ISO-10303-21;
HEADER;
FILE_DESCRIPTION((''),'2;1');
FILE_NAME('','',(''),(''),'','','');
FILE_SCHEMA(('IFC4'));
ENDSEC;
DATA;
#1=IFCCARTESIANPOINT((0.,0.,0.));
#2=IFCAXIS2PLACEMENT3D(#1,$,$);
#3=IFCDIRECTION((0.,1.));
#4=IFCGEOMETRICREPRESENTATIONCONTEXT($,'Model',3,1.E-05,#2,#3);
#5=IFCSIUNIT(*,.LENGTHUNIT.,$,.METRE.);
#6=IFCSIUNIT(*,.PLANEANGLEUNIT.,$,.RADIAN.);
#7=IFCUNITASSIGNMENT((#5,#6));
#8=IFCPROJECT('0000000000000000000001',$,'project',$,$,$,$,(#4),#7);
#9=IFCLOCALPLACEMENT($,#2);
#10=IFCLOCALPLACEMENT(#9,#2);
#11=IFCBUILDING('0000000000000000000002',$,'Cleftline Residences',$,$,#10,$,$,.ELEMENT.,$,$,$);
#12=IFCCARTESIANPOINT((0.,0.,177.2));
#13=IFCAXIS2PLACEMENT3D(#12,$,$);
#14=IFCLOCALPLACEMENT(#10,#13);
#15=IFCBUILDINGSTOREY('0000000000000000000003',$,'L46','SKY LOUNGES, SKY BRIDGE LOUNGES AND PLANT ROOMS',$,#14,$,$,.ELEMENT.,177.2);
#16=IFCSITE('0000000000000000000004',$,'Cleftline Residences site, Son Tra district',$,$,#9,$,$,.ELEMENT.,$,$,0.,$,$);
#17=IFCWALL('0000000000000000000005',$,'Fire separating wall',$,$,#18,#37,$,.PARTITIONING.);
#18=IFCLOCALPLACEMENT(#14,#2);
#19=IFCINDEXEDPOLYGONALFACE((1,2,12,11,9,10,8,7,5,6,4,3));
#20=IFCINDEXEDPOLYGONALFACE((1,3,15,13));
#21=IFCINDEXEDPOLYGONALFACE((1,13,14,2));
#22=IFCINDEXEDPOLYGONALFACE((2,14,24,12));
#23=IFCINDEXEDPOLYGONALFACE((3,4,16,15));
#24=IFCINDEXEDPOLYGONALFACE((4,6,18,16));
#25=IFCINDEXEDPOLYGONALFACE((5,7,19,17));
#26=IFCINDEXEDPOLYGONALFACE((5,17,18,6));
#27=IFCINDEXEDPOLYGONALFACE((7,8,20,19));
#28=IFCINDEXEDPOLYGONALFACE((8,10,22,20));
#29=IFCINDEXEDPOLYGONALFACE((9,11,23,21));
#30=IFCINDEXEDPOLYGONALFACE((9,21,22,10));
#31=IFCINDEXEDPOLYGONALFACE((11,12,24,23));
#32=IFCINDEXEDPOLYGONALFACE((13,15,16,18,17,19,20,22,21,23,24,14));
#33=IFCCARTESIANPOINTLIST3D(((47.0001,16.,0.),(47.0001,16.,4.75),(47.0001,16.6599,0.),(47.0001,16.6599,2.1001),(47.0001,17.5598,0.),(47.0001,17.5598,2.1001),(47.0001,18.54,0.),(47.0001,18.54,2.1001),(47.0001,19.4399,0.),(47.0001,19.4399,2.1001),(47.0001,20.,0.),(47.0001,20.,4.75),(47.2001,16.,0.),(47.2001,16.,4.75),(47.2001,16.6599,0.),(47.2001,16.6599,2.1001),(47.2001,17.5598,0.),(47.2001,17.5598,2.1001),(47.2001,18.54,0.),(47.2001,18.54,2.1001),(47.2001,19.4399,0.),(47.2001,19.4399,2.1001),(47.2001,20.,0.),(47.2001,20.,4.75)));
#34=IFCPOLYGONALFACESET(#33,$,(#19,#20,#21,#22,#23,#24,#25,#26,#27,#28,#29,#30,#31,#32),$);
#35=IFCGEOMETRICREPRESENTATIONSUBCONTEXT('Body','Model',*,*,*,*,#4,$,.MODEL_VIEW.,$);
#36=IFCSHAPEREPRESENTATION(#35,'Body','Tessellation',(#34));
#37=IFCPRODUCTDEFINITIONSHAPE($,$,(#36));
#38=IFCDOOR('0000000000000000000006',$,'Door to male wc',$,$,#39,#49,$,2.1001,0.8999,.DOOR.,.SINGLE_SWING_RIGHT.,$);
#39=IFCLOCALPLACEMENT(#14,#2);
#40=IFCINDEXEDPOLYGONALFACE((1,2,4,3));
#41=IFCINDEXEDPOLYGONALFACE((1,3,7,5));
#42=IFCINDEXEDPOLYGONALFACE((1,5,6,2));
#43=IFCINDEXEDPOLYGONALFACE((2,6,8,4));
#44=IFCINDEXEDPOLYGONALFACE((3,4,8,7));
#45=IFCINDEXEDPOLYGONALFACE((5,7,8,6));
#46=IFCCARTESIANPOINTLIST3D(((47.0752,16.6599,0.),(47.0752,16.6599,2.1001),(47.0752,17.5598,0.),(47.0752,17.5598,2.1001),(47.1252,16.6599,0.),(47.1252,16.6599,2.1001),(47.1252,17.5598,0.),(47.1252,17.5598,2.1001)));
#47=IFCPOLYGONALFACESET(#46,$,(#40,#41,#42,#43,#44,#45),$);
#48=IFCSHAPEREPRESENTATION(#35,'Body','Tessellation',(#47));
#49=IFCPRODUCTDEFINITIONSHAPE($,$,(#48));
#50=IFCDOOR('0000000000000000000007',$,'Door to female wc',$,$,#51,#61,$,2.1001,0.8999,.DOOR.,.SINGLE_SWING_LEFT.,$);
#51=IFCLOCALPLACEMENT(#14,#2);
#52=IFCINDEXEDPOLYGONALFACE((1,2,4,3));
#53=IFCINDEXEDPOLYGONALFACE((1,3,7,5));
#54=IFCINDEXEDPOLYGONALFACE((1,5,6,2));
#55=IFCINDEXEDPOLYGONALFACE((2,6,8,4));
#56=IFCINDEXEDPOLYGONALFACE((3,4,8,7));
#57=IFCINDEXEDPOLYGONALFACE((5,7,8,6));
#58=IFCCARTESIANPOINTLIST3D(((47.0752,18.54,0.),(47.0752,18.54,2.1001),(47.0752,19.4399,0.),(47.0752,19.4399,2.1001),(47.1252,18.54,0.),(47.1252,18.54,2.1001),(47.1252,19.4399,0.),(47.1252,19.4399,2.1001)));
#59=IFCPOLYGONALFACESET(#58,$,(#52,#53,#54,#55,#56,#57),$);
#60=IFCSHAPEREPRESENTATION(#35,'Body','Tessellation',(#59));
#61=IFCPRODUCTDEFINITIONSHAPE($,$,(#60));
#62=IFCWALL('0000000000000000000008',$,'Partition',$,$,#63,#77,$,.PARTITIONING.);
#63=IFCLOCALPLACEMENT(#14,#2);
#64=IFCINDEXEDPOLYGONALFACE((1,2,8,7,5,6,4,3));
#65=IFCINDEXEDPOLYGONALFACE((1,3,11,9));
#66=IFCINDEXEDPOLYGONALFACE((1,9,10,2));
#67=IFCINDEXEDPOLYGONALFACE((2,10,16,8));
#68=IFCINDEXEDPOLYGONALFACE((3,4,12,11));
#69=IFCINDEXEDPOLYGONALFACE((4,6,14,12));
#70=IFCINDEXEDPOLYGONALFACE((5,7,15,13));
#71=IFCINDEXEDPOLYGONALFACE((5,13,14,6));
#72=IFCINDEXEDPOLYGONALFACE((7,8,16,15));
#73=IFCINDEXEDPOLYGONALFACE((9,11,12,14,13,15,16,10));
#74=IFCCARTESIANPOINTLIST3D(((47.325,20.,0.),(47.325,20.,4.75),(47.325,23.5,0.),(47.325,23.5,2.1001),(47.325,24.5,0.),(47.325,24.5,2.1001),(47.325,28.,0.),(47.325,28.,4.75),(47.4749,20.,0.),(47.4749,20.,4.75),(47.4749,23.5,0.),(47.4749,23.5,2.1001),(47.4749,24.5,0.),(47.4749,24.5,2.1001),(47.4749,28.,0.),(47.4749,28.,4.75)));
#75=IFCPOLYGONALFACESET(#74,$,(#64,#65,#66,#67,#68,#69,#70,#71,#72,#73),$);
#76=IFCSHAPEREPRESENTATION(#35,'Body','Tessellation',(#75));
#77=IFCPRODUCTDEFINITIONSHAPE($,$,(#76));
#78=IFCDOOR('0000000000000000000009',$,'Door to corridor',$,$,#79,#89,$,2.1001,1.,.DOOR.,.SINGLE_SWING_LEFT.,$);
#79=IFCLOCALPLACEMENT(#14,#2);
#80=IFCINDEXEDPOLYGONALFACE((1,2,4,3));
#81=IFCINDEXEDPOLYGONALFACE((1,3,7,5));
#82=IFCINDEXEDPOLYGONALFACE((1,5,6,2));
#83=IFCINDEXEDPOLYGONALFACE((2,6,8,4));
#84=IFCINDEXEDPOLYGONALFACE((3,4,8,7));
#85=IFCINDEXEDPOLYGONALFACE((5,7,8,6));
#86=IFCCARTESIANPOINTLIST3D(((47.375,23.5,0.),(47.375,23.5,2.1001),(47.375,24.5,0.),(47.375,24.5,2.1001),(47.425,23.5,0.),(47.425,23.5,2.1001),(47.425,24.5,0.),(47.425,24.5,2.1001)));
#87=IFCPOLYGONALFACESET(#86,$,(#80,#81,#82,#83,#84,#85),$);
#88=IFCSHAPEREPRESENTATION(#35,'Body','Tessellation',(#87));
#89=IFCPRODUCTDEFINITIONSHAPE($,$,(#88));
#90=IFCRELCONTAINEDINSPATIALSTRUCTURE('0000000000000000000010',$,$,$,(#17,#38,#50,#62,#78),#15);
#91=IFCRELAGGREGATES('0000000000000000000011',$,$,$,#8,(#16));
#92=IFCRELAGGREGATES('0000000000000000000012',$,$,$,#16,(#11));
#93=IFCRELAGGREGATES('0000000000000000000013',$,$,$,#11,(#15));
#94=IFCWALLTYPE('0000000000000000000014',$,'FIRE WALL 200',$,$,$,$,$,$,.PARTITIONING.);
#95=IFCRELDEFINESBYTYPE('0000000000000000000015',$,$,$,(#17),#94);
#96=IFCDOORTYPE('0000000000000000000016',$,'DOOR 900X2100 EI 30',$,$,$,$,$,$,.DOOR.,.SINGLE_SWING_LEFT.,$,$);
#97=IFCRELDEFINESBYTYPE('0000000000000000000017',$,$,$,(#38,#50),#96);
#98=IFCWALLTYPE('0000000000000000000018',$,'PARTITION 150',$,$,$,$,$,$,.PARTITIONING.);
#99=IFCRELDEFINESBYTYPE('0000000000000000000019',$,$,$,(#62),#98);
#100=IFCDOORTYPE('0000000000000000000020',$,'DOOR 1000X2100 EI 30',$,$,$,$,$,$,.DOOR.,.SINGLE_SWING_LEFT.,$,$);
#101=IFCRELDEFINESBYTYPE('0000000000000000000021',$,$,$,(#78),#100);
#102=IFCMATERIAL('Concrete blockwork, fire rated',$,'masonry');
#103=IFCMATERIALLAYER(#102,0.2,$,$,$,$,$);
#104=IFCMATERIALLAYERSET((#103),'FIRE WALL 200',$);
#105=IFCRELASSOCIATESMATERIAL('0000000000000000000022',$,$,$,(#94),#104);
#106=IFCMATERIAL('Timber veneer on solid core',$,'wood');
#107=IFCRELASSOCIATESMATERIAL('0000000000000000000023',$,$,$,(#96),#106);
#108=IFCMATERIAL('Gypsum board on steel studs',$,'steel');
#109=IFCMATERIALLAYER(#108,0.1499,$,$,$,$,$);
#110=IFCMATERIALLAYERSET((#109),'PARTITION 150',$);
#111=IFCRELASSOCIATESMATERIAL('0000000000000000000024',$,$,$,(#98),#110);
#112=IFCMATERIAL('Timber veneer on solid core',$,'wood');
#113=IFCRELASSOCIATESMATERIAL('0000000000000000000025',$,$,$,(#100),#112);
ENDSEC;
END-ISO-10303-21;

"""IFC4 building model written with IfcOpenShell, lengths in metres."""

from ifc_helpers import new_model, si_unit, direction, frame, frame_2d, origin, place, context, subcontext, project, spatial, rectangle, extrude, material, layer, layer_set, type_object, element, fill, save


model = new_model("IFC4")

# Units and contexts
model_context = context("Model", 3, precision=1e-05, world=origin(), true_north=direction((0.0, 1.0)))
body_context = subcontext(model_context, "Body", "Model", "MODEL_VIEW")
ifc_project = project(units=[si_unit("LENGTHUNIT", "METRE"), si_unit("PLANEANGLEUNIT", "RADIAN")], contexts=[model_context])

# Site, building, storey
site_placement = place(None, origin())
site = spatial("IfcSite", under=ifc_project, at=site_placement, Name="Cleftline Residences site, Son Tra district", CompositionType="ELEMENT", RefElevation=0.0)
building_placement = place(site_placement, origin())
building = spatial("IfcBuilding", under=site, at=building_placement, Name="Cleftline Residences", CompositionType="ELEMENT")
storey_placement = place(building_placement, frame((0.0, 0.0, 177.2)))
storey = spatial("IfcBuildingStorey", under=building, at=storey_placement, Name="L46", Description="SKY LOUNGES, SKY BRIDGE LOUNGES AND PLANT ROOMS", CompositionType="ELEMENT", Elevation=177.2)

# Shared definitions
ifc_material_1 = material(Name="Concrete blockwork, fire rated", Category="masonry")
ifc_layer_1 = layer(ifc_material_1, 0.2)
ifc_layer_set_1 = layer_set([ifc_layer_1], Name="FIRE WALL 200")
wall_type_1 = type_object("IfcWallType", Name="FIRE WALL 200", PredefinedType="PARTITIONING", material=ifc_layer_set_1)

# Wall, openings, doors
wall_1_placement = place(storey_placement, frame((47.1001, 16.0, 0.0), z_axis=(0.0, 0.0, 1.0), x_axis=(0.0, 1.0, 0.0)))
wall_1 = element("IfcWall", 1, at=wall_1_placement, inside=storey, type_object=wall_type_1, Name="Fire separating wall", PredefinedType="PARTITIONING", context=body_context, shape_type="SweptSolid", body=[
    extrude(rectangle(XDim=4.0, YDim=0.2, at=frame_2d((2.0, 0.0))), origin(), (0.0, 0.0, 1.0), 4.75),
])
opening_1_placement = place(wall_1_placement, frame((0.6599, 0.0, 0.0)))
opening_1 = element("IfcOpeningElement", 2, at=opening_1_placement, cuts=wall_1, PredefinedType="OPENING", context=body_context, shape_type="SweptSolid", body=[
    extrude(rectangle(XDim=0.8999, YDim=2.1001, at=frame_2d((0.45, 1.05))), frame((0.0, 0.1099, 0.0), z_axis=(0.0, -1.0, 0.0), x_axis=(1.0, 0.0, 0.0)), (0.0, 0.0, 1.0), 0.22),
])
opening_2_placement = place(wall_1_placement, frame((2.54, 0.0, 0.0)))
opening_2 = element("IfcOpeningElement", 3, at=opening_2_placement, cuts=wall_1, PredefinedType="OPENING", context=body_context, shape_type="SweptSolid", body=[
    extrude(rectangle(XDim=0.8999, YDim=2.1001, at=frame_2d((0.45, 1.05))), frame((0.0, 0.1099, 0.0), z_axis=(0.0, -1.0, 0.0), x_axis=(1.0, 0.0, 0.0)), (0.0, 0.0, 1.0), 0.22),
])
ifc_material_2 = material(Name="Timber veneer on solid core", Category="wood")
door_type_1 = type_object("IfcDoorType", Name="DOOR 900X2100 EI 30", OperationType="SINGLE_SWING_LEFT", PredefinedType="DOOR", material=ifc_material_2)
door_1_placement = place(opening_1_placement, origin())
door_1 = element("IfcDoor", 4, at=door_1_placement, inside=storey, type_object=door_type_1, Name="Door to male wc", OperationType="SINGLE_SWING_RIGHT", OverallHeight=2.1001, OverallWidth=0.8999, PredefinedType="DOOR", context=body_context, shape_type="SweptSolid", body=[
    extrude(rectangle(XDim=0.8999, YDim=2.1001, at=frame_2d((0.45, 1.05))), frame((0.0, 0.0249, 0.0), z_axis=(0.0, -1.0, 0.0), x_axis=(1.0, 0.0, 0.0)), (0.0, 0.0, 1.0), 0.05),
])
fill(opening_1, door_1)
door_2_placement = place(opening_2_placement, origin())
door_2 = element("IfcDoor", 5, at=door_2_placement, inside=storey, type_object=door_type_1, Name="Door to female wc", OperationType="SINGLE_SWING_LEFT", OverallHeight=2.1001, OverallWidth=0.8999, PredefinedType="DOOR", context=body_context, shape_type="SweptSolid", body=[
    extrude(rectangle(XDim=0.8999, YDim=2.1001, at=frame_2d((0.45, 1.05))), frame((0.0, 0.0249, 0.0), z_axis=(0.0, -1.0, 0.0), x_axis=(1.0, 0.0, 0.0)), (0.0, 0.0, 1.0), 0.05),
])
fill(opening_2, door_2)

# Wall, opening, door
ifc_material_3 = material(Name="Gypsum board on steel studs", Category="steel")
ifc_layer_2 = layer(ifc_material_3, 0.1499)
ifc_layer_set_2 = layer_set([ifc_layer_2], Name="PARTITION 150")
wall_type_2 = type_object("IfcWallType", Name="PARTITION 150", PredefinedType="PARTITIONING", material=ifc_layer_set_2)
wall_2_placement = place(storey_placement, frame((47.3999, 20.0, 0.0), z_axis=(0.0, 0.0, 1.0), x_axis=(0.0, 1.0, 0.0)))
wall_2 = element("IfcWall", 6, at=wall_2_placement, inside=storey, type_object=wall_type_2, Name="Partition", PredefinedType="PARTITIONING", context=body_context, shape_type="SweptSolid", body=[
    extrude(rectangle(XDim=8.0, YDim=0.1499, at=frame_2d((4.0, 0.0))), origin(), (0.0, 0.0, 1.0), 4.75),
])
opening_3_placement = place(wall_2_placement, frame((3.5, 0.0, 0.0)))
opening_3 = element("IfcOpeningElement", 7, at=opening_3_placement, cuts=wall_2, PredefinedType="OPENING", context=body_context, shape_type="SweptSolid", body=[
    extrude(rectangle(XDim=1.0, YDim=2.1001, at=frame_2d((0.5, 1.05))), frame((0.0, 0.085, 0.0), z_axis=(0.0, -1.0, 0.0), x_axis=(1.0, 0.0, 0.0)), (0.0, 0.0, 1.0), 0.1699),
])
ifc_material_4 = material(Name="Timber veneer on solid core", Category="wood")
door_type_2 = type_object("IfcDoorType", Name="DOOR 1000X2100 EI 30", OperationType="SINGLE_SWING_LEFT", PredefinedType="DOOR", material=ifc_material_4)
door_3_placement = place(opening_3_placement, origin())
door_3 = element("IfcDoor", 8, at=door_3_placement, inside=storey, type_object=door_type_2, Name="Door to corridor", OperationType="SINGLE_SWING_LEFT", OverallHeight=2.1001, OverallWidth=1.0, PredefinedType="DOOR", context=body_context, shape_type="SweptSolid", body=[
    extrude(rectangle(XDim=1.0, YDim=2.1001, at=frame_2d((0.5, 1.05))), frame((0.0, 0.0249, 0.0), z_axis=(0.0, -1.0, 0.0), x_axis=(1.0, 0.0, 0.0)), (0.0, 0.0, 1.0), 0.05),
])
fill(opening_3, door_3)

save(model, "model.ifc")
